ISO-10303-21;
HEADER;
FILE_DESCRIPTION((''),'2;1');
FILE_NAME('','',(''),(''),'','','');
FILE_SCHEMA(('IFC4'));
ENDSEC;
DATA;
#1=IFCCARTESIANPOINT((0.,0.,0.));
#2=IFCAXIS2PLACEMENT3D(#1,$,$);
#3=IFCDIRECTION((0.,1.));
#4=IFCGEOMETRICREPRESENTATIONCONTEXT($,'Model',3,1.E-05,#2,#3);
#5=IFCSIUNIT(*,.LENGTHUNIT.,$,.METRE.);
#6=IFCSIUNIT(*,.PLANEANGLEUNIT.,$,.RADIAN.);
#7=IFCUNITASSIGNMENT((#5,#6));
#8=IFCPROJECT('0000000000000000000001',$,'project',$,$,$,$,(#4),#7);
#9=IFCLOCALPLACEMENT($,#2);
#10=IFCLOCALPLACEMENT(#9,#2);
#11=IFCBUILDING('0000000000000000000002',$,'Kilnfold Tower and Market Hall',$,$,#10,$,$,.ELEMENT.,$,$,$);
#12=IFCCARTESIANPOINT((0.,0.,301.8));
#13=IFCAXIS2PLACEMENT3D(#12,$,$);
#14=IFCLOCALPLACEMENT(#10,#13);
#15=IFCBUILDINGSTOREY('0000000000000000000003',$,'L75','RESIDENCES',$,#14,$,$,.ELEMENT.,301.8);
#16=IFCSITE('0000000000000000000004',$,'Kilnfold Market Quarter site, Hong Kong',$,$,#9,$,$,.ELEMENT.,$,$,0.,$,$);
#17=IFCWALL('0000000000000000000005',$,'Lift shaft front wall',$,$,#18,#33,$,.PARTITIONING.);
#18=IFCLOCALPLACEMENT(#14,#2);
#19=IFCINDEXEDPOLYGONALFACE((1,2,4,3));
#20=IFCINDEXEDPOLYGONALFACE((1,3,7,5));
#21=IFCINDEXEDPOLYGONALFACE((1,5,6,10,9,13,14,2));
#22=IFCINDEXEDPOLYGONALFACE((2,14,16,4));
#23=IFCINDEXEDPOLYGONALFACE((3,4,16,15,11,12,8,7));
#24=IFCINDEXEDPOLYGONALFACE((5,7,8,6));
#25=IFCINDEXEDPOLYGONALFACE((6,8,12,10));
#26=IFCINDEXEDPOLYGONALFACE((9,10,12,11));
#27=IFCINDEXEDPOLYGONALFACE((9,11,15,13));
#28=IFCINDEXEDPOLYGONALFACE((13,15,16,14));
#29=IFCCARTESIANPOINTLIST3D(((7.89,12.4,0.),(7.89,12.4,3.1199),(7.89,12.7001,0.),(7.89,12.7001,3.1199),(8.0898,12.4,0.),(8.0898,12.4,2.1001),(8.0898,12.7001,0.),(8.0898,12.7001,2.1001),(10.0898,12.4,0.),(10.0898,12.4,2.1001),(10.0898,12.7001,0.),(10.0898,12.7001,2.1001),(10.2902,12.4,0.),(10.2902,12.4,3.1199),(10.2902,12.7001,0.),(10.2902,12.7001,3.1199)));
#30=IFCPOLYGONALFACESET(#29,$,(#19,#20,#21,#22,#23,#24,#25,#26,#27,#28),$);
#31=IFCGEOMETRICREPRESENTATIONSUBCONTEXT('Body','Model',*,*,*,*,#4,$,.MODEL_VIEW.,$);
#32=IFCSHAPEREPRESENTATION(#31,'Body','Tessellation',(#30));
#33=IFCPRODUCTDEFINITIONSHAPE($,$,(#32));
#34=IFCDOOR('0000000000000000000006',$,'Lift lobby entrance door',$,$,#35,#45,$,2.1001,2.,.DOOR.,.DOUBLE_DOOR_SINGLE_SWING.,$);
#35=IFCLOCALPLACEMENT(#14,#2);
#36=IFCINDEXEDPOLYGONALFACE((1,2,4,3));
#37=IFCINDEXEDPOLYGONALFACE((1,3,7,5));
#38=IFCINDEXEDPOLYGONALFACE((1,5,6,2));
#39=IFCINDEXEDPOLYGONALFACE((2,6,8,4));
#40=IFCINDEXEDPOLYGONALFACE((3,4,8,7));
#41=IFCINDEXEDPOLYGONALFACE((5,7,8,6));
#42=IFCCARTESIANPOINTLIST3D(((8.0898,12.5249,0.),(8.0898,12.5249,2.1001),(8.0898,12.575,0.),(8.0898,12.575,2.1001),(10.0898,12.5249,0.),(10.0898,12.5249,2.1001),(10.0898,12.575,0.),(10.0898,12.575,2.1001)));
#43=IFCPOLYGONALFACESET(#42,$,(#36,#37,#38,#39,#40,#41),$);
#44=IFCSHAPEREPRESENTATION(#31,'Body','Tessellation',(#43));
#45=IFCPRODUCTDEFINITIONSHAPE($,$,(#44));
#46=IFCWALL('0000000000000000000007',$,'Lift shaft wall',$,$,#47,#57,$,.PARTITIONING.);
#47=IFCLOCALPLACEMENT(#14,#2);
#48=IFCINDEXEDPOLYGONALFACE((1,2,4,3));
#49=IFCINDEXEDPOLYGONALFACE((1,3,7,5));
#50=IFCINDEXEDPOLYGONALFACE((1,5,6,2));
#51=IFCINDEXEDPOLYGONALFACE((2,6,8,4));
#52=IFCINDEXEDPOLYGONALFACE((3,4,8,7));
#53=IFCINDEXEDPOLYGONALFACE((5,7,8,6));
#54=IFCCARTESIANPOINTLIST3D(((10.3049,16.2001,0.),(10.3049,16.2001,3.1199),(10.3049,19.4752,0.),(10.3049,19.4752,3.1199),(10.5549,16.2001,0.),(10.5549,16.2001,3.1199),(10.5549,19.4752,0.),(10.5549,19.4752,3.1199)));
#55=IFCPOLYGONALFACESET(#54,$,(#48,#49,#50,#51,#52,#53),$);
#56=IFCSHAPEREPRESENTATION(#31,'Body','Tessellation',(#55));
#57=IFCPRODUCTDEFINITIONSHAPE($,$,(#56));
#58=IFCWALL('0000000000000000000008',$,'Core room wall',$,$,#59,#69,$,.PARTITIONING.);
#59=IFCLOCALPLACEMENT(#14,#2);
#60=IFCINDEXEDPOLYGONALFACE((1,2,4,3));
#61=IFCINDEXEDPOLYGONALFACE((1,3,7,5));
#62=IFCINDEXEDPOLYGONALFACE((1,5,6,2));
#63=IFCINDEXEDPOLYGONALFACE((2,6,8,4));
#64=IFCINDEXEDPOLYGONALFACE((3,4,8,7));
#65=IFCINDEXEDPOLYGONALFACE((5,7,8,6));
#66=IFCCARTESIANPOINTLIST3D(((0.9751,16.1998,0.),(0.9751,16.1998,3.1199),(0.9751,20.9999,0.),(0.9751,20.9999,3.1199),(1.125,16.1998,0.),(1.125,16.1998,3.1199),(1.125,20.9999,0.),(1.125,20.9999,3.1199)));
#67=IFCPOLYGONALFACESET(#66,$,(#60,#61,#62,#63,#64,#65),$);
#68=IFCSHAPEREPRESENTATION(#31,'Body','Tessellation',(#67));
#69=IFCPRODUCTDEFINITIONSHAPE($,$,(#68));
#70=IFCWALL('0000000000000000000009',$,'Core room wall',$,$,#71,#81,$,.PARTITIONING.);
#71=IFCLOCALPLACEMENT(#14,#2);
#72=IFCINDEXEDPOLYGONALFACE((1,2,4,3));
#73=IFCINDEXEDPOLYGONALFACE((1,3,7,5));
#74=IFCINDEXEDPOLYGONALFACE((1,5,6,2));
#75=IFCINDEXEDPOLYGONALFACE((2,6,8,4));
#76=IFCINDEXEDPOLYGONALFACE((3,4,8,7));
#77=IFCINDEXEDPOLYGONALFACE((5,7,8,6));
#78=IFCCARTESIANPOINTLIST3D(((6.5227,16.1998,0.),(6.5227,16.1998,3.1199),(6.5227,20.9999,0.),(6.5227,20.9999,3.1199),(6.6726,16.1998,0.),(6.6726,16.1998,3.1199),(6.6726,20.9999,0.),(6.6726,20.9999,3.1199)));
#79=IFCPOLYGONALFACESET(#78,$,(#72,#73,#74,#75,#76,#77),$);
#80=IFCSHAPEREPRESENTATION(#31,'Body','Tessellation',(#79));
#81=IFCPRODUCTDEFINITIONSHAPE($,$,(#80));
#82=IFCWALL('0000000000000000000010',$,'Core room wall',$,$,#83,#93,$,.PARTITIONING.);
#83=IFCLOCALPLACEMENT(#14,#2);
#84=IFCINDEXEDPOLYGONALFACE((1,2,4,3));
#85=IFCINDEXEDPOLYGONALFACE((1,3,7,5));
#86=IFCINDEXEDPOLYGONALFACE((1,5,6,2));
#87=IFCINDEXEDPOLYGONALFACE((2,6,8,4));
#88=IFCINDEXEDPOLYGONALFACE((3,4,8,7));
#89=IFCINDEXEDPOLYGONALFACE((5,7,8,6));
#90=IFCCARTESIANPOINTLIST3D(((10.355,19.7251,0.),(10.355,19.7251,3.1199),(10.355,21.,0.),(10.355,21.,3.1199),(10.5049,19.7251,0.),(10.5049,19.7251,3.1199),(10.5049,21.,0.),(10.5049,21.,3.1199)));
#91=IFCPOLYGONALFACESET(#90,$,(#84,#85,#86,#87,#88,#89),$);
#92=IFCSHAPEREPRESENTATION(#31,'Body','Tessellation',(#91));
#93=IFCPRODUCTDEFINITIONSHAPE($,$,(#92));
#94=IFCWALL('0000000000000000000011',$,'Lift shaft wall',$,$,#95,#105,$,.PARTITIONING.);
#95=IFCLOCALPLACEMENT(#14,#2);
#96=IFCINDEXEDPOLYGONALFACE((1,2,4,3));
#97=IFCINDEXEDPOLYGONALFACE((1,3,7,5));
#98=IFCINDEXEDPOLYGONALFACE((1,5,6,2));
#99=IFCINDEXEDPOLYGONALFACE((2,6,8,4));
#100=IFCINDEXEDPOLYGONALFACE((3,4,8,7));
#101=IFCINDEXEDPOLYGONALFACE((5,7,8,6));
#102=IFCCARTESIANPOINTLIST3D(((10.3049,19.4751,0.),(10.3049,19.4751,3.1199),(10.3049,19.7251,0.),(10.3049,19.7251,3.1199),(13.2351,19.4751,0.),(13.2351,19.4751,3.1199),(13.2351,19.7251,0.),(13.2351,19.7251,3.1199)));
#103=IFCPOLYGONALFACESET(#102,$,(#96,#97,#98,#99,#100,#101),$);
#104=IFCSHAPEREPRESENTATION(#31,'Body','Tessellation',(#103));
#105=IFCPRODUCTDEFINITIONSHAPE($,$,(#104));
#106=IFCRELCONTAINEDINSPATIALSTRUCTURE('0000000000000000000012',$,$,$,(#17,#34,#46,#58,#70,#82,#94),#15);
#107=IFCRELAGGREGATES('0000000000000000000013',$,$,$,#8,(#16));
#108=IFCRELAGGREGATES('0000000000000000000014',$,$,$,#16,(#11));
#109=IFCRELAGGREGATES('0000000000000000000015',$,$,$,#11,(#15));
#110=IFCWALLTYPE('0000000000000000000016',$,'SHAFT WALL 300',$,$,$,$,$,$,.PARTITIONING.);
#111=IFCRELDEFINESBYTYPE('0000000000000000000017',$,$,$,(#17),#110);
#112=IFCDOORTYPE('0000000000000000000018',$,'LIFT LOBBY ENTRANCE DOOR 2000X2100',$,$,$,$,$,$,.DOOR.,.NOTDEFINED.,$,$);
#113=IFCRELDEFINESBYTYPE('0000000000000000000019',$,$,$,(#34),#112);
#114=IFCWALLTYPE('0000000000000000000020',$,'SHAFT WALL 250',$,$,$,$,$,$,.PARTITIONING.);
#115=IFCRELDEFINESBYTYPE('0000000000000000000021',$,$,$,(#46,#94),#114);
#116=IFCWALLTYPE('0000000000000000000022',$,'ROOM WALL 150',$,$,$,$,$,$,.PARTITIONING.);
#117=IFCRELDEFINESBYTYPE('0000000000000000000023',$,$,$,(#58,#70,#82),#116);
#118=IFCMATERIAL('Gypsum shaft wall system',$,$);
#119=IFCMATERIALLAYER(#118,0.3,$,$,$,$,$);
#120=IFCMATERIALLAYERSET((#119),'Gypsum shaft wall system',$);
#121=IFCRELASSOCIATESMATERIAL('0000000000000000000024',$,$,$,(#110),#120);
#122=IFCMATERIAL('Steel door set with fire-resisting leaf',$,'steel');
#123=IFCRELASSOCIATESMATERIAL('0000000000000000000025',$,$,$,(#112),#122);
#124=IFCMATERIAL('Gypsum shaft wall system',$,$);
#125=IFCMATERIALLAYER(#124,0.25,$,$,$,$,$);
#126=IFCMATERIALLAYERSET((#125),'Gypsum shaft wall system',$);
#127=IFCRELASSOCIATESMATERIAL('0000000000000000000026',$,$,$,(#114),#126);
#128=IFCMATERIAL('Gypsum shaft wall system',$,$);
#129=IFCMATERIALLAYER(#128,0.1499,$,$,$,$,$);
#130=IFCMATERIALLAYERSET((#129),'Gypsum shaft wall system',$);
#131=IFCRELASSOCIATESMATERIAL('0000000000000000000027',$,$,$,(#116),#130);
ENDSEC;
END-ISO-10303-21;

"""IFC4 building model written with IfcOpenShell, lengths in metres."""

from ifc_helpers import new_model, si_unit, direction, frame, frame_2d, origin, place, context, subcontext, project, spatial, rectangle, extrude, source, transform, mapped, material, layer, layer_set, type_object, element, fill, save


model = new_model("IFC4")

# Units and contexts
model_context = context("Model", 3, precision=1e-05, world=origin(), true_north=direction((0.0, 1.0)))
body_context = subcontext(model_context, "Body", "Model", "MODEL_VIEW")
ifc_project = project(units=[si_unit("LENGTHUNIT", "METRE"), si_unit("PLANEANGLEUNIT", "RADIAN")], contexts=[model_context])

# Site, building, storey
site_placement = place(None, origin())
site = spatial("IfcSite", under=ifc_project, at=site_placement, Name="Kilnfold Market Quarter site, Hong Kong", CompositionType="ELEMENT", RefElevation=0.0)
building_placement = place(site_placement, origin())
building = spatial("IfcBuilding", under=site, at=building_placement, Name="Kilnfold Tower and Market Hall", CompositionType="ELEMENT")
storey_placement = place(building_placement, frame((0.0, 0.0, 301.8)))
storey = spatial("IfcBuildingStorey", under=building, at=storey_placement, Name="L75", Description="RESIDENCES", CompositionType="ELEMENT", Elevation=301.8)

# Wall, opening, door
ifc_material_1 = material(Name="Gypsum shaft wall system")
ifc_layer_1 = layer(ifc_material_1, 0.3)
ifc_layer_set_1 = layer_set([ifc_layer_1], Name="Gypsum shaft wall system")
wall_type_1 = type_object("IfcWallType", Name="SHAFT WALL 300", PredefinedType="PARTITIONING", material=ifc_layer_set_1)
shared_shape_1 = source(origin(), body_context, "Body", "SweptSolid", [
    extrude(rectangle(XDim=2.4001, YDim=0.3, at=frame_2d((1.2002, 0.0))), origin(), (0.0, 0.0, 1.0), 3.1199),
])
wall_1_placement = place(storey_placement, frame((7.8899, 12.55, 0.0), z_axis=(0.0, 0.0, 1.0), x_axis=(1.0, 0.0, 0.0)))
wall_1 = element("IfcWall", 1, at=wall_1_placement, inside=storey, type_object=wall_type_1, Name="Lift shaft front wall", PredefinedType="PARTITIONING", context=body_context, shape_type="MappedRepresentation", body=[
    mapped(shared_shape_1, transform((0.0, 0.0, 0.0))),
])
opening_1_placement = place(wall_1_placement, frame((0.2, 0.0, 0.0)))
opening_1 = element("IfcOpeningElement", 2, at=opening_1_placement, cuts=wall_1, PredefinedType="OPENING", context=body_context, shape_type="SweptSolid", body=[
    extrude(rectangle(XDim=2.0, YDim=2.1001, at=frame_2d((1.0, 1.05))), frame((0.0, 0.1602, 0.0), z_axis=(0.0, -1.0, 0.0), x_axis=(1.0, 0.0, 0.0)), (0.0, 0.0, 1.0), 0.3201),
])
ifc_material_2 = material(Name="Steel door set with fire-resisting leaf", Category="steel")
door_type_1 = type_object("IfcDoorType", Name="LIFT LOBBY ENTRANCE DOOR 2000X2100", OperationType="NOTDEFINED", PredefinedType="DOOR", material=ifc_material_2)
door_1_placement = place(opening_1_placement, origin())
door_1 = element("IfcDoor", 3, at=door_1_placement, inside=storey, type_object=door_type_1, Name="Lift lobby entrance door", OperationType="DOUBLE_DOOR_SINGLE_SWING", OverallHeight=2.1001, OverallWidth=2.0, PredefinedType="DOOR", context=body_context, shape_type="SweptSolid", body=[
    extrude(rectangle(XDim=2.0, YDim=2.1001, at=frame_2d((1.0, 1.05))), frame((0.0, 0.0249, 0.0), z_axis=(0.0, -1.0, 0.0), x_axis=(1.0, 0.0, 0.0)), (0.0, 0.0, 1.0), 0.05),
])
fill(opening_1, door_1)

# Walls
ifc_material_3 = material(Name="Gypsum shaft wall system")
ifc_layer_2 = layer(ifc_material_3, 0.25)
ifc_layer_set_2 = layer_set([ifc_layer_2], Name="Gypsum shaft wall system")
wall_type_2 = type_object("IfcWallType", Name="SHAFT WALL 250", PredefinedType="PARTITIONING", material=ifc_layer_set_2)
shared_shape_2 = source(origin(), body_context, "Body", "SweptSolid", [
    extrude(rectangle(XDim=3.2751, YDim=0.25, at=frame_2d((1.6377, 0.0))), origin(), (0.0, 0.0, 1.0), 3.1199),
])
wall_2_placement = place(storey_placement, frame((10.4299, 16.2, 0.0), z_axis=(0.0, 0.0, 1.0), x_axis=(0.0, 1.0, 0.0)))
element("IfcWall", 4, at=wall_2_placement, inside=storey, type_object=wall_type_2, Name="Lift shaft wall", PredefinedType="PARTITIONING", context=body_context, shape_type="MappedRepresentation", body=[
    mapped(shared_shape_2, transform((0.0, 0.0, 0.0))),
])
ifc_material_4 = material(Name="Gypsum shaft wall system")
ifc_layer_3 = layer(ifc_material_4, 0.1499)
ifc_layer_set_3 = layer_set([ifc_layer_3], Name="Gypsum shaft wall system")
wall_type_3 = type_object("IfcWallType", Name="ROOM WALL 150", PredefinedType="PARTITIONING", material=ifc_layer_set_3)
shared_shape_3 = source(origin(), body_context, "Body", "SweptSolid", [
    extrude(rectangle(XDim=4.8, YDim=0.1499, at=frame_2d((2.3999, 0.0))), origin(), (0.0, 0.0, 1.0), 3.1199),
])
for number, where, z_axis, x_axis, name in (
    (5, (1.05, 16.2, 0.0), (0.0, 0.0, 1.0), (0.0, 1.0, 0.0), "Core room wall"),
    (6, (6.5977, 16.2, 0.0), (0.0, 0.0, 1.0), (0.0, 1.0, 0.0), "Core room wall"),
):
    element("IfcWall", number, at=place(storey_placement, frame(where, z_axis=z_axis, x_axis=x_axis)), inside=storey, type_object=wall_type_3, Name=name, PredefinedType="PARTITIONING", context=body_context, shape_type="MappedRepresentation", body=[
        mapped(shared_shape_3, transform((0.0, 0.0, 0.0))),
    ])
shared_shape_4 = source(origin(), body_context, "Body", "SweptSolid", [
    extrude(rectangle(XDim=1.2749, YDim=0.1499, at=frame_2d((0.6375, 0.0))), origin(), (0.0, 0.0, 1.0), 3.1199),
])
wall_3_placement = place(storey_placement, frame((10.4299, 19.7251, 0.0), z_axis=(0.0, 0.0, 1.0), x_axis=(0.0, 1.0, 0.0)))
element("IfcWall", 7, at=wall_3_placement, inside=storey, type_object=wall_type_3, Name="Core room wall", PredefinedType="PARTITIONING", context=body_context, shape_type="MappedRepresentation", body=[
    mapped(shared_shape_4, transform((0.0, 0.0, 0.0))),
])
shared_shape_5 = source(origin(), body_context, "Body", "SweptSolid", [
    extrude(rectangle(XDim=2.9302, YDim=0.25, at=frame_2d((1.4651, 0.0))), origin(), (0.0, 0.0, 1.0), 3.1199),
])
wall_4_placement = place(storey_placement, frame((10.3049, 19.6001, 0.0), z_axis=(0.0, 0.0, 1.0), x_axis=(1.0, 0.0, 0.0)))
element("IfcWall", 8, at=wall_4_placement, inside=storey, type_object=wall_type_2, Name="Lift shaft wall", PredefinedType="PARTITIONING", context=body_context, shape_type="MappedRepresentation", body=[
    mapped(shared_shape_5, transform((0.0, 0.0, 0.0))),
])

save(model, "model.ifc")
